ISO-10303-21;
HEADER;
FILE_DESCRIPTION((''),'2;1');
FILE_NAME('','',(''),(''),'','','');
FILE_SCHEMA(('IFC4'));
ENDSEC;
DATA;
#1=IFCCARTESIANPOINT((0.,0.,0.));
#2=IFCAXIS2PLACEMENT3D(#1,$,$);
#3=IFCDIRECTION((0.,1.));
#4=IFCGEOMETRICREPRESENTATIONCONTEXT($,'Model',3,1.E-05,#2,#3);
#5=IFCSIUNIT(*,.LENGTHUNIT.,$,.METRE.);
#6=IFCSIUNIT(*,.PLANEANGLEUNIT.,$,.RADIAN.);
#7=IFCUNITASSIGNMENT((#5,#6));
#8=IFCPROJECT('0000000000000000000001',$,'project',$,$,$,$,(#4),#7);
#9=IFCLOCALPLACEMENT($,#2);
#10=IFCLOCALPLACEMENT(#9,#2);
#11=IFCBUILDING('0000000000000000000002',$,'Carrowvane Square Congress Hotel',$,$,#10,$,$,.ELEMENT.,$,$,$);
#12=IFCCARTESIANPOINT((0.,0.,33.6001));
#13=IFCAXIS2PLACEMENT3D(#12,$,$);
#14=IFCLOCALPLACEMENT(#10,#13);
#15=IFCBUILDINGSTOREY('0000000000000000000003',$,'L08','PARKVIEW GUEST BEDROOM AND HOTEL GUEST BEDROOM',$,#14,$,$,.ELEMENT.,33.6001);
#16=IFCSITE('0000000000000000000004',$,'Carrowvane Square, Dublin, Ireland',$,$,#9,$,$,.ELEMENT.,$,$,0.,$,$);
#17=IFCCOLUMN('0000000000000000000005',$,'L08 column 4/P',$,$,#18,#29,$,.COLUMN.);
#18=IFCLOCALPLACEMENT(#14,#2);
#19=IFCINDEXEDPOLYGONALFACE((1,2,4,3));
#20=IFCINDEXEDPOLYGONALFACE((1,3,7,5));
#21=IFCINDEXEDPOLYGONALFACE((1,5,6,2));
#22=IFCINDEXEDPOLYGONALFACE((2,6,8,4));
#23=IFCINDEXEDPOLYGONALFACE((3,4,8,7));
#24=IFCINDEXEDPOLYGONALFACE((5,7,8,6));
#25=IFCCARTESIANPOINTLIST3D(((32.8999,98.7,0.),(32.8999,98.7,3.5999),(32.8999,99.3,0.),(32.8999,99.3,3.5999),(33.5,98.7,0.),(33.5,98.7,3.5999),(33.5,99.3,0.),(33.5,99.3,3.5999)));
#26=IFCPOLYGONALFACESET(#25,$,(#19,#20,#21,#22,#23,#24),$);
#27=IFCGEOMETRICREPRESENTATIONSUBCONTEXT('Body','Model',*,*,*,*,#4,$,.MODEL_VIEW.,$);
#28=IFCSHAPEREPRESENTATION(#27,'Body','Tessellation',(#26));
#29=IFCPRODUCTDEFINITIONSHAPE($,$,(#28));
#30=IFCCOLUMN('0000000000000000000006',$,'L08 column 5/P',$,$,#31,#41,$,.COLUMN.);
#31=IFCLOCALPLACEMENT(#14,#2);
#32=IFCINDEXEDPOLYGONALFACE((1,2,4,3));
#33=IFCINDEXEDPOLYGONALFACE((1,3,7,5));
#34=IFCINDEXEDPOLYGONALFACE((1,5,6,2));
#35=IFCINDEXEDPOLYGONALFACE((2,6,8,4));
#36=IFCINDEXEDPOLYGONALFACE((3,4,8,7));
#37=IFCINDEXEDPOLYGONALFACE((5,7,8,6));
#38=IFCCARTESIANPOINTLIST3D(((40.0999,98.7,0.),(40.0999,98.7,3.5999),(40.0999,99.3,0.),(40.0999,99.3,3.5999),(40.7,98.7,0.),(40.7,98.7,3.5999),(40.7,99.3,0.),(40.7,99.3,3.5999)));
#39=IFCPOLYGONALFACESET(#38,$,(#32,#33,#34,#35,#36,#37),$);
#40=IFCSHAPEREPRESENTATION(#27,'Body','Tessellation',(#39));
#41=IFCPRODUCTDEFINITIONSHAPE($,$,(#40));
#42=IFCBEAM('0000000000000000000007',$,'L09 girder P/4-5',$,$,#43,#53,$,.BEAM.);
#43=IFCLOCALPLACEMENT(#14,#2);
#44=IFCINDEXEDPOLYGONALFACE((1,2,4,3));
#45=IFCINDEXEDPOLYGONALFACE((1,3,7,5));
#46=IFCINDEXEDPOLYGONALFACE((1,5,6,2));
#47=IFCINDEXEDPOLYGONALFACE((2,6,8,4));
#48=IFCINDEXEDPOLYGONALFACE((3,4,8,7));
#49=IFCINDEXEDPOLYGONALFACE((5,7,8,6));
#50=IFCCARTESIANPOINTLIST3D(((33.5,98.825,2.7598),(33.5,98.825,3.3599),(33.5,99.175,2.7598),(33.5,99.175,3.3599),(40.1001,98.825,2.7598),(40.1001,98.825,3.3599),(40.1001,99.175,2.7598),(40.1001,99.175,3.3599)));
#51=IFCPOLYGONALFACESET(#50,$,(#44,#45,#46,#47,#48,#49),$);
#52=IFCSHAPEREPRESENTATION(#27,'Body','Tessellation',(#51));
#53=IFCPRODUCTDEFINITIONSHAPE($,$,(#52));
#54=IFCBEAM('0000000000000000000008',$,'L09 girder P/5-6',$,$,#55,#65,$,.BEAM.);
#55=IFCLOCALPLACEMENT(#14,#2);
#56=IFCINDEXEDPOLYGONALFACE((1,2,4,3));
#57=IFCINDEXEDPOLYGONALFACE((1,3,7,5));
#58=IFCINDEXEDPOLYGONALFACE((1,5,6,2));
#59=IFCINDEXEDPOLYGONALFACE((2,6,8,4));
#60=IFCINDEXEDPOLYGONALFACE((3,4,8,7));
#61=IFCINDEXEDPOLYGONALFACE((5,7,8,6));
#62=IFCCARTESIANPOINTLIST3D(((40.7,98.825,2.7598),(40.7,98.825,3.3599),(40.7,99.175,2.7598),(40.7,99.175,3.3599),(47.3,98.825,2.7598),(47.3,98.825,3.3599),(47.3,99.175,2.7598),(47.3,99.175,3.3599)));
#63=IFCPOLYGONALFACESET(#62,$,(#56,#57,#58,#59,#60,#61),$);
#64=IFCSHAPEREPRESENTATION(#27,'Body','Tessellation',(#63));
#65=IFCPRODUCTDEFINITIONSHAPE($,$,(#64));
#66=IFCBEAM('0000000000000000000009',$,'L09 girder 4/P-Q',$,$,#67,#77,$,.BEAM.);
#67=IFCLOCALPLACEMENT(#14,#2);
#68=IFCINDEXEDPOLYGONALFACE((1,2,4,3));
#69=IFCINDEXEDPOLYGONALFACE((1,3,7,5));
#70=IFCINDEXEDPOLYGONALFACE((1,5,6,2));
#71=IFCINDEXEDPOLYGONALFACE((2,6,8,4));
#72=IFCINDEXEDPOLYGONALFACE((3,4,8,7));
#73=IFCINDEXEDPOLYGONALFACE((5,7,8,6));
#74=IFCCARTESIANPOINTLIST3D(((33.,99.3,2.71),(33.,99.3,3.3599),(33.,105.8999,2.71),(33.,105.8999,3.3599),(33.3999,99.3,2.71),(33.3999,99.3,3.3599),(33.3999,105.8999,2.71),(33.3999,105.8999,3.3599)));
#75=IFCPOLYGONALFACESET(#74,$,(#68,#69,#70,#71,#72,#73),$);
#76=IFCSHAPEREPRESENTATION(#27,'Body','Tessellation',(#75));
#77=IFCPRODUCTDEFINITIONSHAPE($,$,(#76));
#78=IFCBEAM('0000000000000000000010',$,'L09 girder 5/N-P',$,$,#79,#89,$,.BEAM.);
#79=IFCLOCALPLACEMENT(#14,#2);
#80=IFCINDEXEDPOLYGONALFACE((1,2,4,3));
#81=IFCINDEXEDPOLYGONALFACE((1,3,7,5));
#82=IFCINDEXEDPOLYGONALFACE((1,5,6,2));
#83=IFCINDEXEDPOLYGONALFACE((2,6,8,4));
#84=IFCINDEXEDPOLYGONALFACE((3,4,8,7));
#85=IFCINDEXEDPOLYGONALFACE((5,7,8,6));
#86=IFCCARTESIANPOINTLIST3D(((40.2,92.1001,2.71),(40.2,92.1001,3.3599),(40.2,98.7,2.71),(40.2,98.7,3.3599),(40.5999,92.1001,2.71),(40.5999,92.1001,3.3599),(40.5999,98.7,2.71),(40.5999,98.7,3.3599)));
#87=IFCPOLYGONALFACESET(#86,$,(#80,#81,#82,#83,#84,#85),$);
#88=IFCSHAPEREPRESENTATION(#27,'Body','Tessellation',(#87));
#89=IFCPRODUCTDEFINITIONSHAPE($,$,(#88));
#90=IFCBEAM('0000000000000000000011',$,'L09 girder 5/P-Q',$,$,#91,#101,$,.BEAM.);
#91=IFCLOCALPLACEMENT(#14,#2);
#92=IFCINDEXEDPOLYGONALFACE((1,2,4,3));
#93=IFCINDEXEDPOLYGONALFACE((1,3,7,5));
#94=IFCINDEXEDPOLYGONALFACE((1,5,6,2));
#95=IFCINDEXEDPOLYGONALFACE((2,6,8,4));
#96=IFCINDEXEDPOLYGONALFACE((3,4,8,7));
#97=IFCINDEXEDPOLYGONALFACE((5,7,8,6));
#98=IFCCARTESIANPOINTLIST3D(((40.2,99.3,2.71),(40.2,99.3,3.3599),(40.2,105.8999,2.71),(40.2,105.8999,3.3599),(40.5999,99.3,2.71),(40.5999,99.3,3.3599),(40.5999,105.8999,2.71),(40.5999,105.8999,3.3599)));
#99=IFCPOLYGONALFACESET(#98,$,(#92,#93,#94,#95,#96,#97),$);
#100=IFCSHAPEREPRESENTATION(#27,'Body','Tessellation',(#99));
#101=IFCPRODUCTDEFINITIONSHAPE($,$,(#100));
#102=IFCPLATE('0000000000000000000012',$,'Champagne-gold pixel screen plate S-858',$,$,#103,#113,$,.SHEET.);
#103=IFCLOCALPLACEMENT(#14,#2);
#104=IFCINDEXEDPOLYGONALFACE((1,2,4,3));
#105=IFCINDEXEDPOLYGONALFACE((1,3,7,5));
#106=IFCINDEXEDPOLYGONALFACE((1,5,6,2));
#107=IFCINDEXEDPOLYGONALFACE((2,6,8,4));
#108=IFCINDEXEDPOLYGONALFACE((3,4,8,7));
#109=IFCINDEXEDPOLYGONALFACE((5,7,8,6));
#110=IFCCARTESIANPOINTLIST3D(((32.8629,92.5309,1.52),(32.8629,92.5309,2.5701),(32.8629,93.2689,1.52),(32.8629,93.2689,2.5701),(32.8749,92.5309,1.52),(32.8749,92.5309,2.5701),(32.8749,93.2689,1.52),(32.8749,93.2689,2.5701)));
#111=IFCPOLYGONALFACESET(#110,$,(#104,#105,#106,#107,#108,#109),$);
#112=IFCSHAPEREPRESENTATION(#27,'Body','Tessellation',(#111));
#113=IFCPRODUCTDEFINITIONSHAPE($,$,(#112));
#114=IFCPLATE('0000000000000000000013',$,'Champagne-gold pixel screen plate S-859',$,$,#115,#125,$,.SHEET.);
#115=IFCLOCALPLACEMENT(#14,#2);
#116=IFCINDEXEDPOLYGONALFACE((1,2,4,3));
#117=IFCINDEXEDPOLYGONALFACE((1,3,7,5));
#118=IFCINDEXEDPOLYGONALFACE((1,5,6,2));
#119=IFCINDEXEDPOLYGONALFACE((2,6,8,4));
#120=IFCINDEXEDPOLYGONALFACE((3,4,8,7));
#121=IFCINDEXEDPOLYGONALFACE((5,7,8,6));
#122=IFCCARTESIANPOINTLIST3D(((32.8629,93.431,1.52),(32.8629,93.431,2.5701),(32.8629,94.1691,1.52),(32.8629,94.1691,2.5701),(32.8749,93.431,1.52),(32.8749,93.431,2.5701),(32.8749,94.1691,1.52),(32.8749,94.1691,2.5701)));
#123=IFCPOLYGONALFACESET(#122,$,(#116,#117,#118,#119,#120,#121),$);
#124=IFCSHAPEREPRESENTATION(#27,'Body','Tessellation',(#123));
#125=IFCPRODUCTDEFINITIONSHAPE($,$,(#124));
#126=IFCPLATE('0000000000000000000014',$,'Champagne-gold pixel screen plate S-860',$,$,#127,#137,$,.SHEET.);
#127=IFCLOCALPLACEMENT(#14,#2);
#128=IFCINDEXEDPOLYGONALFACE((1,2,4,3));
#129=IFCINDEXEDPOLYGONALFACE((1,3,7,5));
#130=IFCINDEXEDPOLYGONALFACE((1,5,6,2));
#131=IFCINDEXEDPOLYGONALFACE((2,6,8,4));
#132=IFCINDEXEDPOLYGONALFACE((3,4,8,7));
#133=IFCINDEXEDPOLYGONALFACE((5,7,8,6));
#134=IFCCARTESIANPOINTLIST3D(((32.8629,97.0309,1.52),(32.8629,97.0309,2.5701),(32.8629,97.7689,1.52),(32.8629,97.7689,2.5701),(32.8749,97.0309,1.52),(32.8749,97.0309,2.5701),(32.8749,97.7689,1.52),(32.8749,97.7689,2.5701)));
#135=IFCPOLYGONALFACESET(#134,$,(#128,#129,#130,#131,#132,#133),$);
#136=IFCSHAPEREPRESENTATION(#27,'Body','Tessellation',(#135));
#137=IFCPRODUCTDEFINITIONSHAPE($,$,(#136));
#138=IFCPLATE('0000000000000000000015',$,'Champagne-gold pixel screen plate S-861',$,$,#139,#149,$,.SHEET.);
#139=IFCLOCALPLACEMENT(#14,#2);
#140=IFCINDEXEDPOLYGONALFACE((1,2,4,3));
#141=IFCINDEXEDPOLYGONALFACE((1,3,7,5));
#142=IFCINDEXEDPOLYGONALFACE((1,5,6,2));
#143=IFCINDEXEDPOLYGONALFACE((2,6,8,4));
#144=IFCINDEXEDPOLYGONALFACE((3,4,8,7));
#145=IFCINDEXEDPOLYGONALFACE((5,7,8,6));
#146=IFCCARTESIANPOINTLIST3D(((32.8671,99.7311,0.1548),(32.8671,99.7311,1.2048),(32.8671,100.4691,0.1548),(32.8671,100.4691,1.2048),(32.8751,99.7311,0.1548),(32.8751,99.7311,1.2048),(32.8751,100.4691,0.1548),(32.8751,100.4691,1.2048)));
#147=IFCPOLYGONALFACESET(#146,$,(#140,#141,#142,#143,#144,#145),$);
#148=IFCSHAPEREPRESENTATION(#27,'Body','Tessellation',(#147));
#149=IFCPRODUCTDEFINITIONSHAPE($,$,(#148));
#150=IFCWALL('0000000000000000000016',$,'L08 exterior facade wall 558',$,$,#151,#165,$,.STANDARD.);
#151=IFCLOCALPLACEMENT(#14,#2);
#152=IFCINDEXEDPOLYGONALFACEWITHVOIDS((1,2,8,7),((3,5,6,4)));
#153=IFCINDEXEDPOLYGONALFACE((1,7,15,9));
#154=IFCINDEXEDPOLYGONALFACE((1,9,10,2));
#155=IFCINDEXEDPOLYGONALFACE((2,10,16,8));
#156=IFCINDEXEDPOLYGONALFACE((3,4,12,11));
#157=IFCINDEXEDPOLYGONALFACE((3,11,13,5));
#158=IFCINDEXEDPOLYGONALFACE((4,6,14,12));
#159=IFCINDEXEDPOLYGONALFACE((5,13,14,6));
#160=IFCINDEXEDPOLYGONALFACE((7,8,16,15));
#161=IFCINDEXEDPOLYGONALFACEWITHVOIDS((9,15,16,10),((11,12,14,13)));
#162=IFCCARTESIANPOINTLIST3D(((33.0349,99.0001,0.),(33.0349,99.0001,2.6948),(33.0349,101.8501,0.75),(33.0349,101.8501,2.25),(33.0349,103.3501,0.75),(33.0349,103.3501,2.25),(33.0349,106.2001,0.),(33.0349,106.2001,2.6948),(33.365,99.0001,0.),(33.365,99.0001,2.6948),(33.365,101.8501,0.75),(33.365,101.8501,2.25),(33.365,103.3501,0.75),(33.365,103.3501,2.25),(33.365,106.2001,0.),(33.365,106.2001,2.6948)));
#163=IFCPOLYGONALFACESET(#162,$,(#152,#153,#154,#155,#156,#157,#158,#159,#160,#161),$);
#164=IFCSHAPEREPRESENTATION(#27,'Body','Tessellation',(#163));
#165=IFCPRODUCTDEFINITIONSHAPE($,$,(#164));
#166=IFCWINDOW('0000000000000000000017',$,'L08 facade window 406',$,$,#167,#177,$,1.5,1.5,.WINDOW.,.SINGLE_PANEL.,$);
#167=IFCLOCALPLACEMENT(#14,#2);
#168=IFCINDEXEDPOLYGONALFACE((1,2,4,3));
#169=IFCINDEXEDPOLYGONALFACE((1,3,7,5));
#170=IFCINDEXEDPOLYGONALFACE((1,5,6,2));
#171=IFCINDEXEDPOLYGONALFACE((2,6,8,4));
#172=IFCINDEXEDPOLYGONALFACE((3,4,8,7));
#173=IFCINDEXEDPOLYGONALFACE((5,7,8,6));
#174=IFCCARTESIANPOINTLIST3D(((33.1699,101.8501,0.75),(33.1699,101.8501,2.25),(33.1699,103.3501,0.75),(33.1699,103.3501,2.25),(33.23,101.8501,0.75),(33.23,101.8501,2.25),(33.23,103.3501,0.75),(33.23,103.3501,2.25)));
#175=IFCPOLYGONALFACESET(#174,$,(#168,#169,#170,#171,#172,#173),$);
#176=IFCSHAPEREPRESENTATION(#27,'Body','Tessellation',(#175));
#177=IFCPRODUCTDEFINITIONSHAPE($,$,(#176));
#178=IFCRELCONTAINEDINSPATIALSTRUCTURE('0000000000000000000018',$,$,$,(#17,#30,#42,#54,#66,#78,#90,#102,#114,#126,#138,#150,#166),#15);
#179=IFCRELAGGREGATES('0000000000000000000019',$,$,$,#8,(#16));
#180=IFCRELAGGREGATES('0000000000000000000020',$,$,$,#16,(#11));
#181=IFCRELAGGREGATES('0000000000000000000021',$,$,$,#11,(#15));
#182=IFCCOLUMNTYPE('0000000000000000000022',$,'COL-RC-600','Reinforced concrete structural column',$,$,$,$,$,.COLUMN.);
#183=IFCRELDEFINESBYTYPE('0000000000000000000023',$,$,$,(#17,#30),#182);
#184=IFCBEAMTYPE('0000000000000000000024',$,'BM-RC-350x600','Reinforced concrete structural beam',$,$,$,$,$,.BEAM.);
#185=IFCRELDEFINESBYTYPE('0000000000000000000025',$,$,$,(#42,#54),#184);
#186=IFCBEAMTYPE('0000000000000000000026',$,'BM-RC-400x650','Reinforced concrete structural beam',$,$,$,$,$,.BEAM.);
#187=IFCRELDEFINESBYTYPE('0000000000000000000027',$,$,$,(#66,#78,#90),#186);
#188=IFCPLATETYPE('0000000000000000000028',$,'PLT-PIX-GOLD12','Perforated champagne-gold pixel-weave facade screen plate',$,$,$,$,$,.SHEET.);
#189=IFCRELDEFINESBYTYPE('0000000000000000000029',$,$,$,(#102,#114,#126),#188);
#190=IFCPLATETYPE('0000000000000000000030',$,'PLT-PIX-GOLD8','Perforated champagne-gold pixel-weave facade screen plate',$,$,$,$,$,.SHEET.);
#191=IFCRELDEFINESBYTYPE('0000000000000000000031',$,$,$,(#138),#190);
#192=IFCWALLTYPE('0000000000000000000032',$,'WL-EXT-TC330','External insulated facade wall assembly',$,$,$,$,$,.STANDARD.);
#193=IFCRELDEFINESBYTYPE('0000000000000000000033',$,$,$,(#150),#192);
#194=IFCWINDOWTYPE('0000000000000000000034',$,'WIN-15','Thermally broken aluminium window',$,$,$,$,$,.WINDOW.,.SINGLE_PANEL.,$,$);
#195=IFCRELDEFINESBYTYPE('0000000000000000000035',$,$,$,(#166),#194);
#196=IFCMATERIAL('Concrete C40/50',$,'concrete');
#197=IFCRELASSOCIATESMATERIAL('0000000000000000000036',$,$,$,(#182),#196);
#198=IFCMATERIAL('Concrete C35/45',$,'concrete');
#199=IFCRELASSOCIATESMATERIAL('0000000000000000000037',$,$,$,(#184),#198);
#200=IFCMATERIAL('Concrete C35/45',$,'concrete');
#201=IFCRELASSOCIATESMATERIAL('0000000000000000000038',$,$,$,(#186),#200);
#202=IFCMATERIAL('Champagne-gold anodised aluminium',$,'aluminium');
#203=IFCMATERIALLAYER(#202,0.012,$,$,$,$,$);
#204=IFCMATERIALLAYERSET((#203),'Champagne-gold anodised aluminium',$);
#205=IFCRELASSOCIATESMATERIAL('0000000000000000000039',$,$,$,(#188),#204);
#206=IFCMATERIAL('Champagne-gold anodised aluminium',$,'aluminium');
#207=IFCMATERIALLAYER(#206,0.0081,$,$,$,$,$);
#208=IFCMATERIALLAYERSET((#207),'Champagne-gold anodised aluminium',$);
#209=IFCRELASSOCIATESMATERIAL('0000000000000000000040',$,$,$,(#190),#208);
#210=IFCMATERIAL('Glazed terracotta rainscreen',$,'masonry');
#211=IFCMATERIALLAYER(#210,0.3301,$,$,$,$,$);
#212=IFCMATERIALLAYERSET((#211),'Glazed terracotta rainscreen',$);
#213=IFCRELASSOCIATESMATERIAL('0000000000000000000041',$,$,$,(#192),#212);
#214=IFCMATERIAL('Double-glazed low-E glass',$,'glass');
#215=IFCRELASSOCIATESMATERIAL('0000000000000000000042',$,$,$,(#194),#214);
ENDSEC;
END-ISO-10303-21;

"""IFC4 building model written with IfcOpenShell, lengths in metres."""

from ifc_helpers import new_model, si_unit, direction, frame, frame_2d, origin, origin_2d, place, context, subcontext, project, spatial, rectangle, extrude, material, layer, layer_set, material_profile, profile_set, type_object, element, fill, save


model = new_model("IFC4")

# Units and contexts
model_context = context("Model", 3, precision=1e-05, world=origin(), true_north=direction((0.0, 1.0)))
body_context = subcontext(model_context, "Body", "Model", "MODEL_VIEW")
ifc_project = project(units=[si_unit("LENGTHUNIT", "METRE"), si_unit("PLANEANGLEUNIT", "RADIAN")], contexts=[model_context])

# Site, building, storey
site_placement = place(None, origin())
site = spatial("IfcSite", under=ifc_project, at=site_placement, Name="Carrowvane Square, Dublin, Ireland", CompositionType="ELEMENT", RefElevation=0.0)
building_placement = place(site_placement, origin())
building = spatial("IfcBuilding", under=site, at=building_placement, Name="Carrowvane Square Congress Hotel", CompositionType="ELEMENT")
storey_placement = place(building_placement, frame((0.0, 0.0, 33.6001)))
storey = spatial("IfcBuildingStorey", under=building, at=storey_placement, Name="L08", Description="PARKVIEW GUEST BEDROOM AND HOTEL GUEST BEDROOM", CompositionType="ELEMENT", Elevation=33.6001)

# Columns
ifc_material_1 = material(Name="Concrete C40/50", Category="concrete")
ifc_material_profile_1 = material_profile(ifc_material_1, rectangle(XDim=0.6001, YDim=0.6001, at=origin_2d()), Name="RC 600x600")
ifc_profile_set_1 = profile_set([ifc_material_profile_1], Name="Concrete C40/50")
column_type = type_object("IfcColumnType", Name="COL-RC-600", Description="Reinforced concrete structural column", PredefinedType="COLUMN", material=ifc_profile_set_1)
for number, where, z_axis, x_axis, name in (
    (1, (33.2, 99.0, 0.0), (0.0, 0.0, 1.0), (1.0, 0.0, 0.0), "L08 column 4/P"),
    (2, (40.3999, 99.0, 0.0), (0.0, 0.0, 1.0), (1.0, 0.0, 0.0), "L08 column 5/P"),
):
    element("IfcColumn", number, at=place(storey_placement, frame(where, z_axis=z_axis, x_axis=x_axis)), inside=storey, type_object=column_type, Name=name, PredefinedType="COLUMN", context=body_context, shape_type="SweptSolid", body=[
        extrude(rectangle(XDim=0.6001, YDim=0.6001, at=origin_2d()), origin(), (0.0, 0.0, 1.0), 3.5999),
    ])

# Beams
ifc_material_2 = material(Name="Concrete C35/45", Category="concrete")
ifc_material_profile_2 = material_profile(ifc_material_2, rectangle(XDim=0.3501, YDim=0.6001, at=origin_2d()), Name="RC 350x600")
ifc_profile_set_2 = profile_set([ifc_material_profile_2], Name="Concrete C35/45")
beam_type_1 = type_object("IfcBeamType", Name="BM-RC-350x600", Description="Reinforced concrete structural beam", PredefinedType="BEAM", material=ifc_profile_set_2)
for number, where, z_axis, x_axis, name in (
    (3, (33.5, 99.0, 3.0598), (1.0, 0.0, 0.0), (0.0, 1.0, 0.0), "L09 girder P/4-5"),
    (4, (40.7, 99.0, 3.0598), (1.0, 0.0, 0.0), (0.0, 1.0, 0.0), "L09 girder P/5-6"),
):
    element("IfcBeam", number, at=place(storey_placement, frame(where, z_axis=z_axis, x_axis=x_axis)), inside=storey, type_object=beam_type_1, Name=name, PredefinedType="BEAM", context=body_context, shape_type="SweptSolid", body=[
        extrude(rectangle(XDim=0.3501, YDim=0.6001, at=origin_2d()), origin(), (0.0, 0.0, 1.0), 6.6001),
    ])
ifc_material_3 = material(Name="Concrete C35/45", Category="concrete")
ifc_material_profile_3 = material_profile(ifc_material_3, rectangle(XDim=0.3999, YDim=0.6499, at=origin_2d()), Name="RC 400x650")
ifc_profile_set_3 = profile_set([ifc_material_profile_3], Name="Concrete C35/45")
beam_type_2 = type_object("IfcBeamType", Name="BM-RC-400x650", Description="Reinforced concrete structural beam", PredefinedType="BEAM", material=ifc_profile_set_3)
for number, where, z_axis, x_axis, name in (
    (5, (33.2, 99.3, 3.0349), (0.0, 1.0, 0.0), (-1.0, 0.0, 0.0), "L09 girder 4/P-Q"),
    (6, (40.3999, 92.1001, 3.0349), (0.0, 1.0, 0.0), (-1.0, 0.0, 0.0), "L09 girder 5/N-P"),
    (7, (40.3999, 99.3, 3.0349), (0.0, 1.0, 0.0), (-1.0, 0.0, 0.0), "L09 girder 5/P-Q"),
):
    element("IfcBeam", number, at=place(storey_placement, frame(where, z_axis=z_axis, x_axis=x_axis)), inside=storey, type_object=beam_type_2, Name=name, PredefinedType="BEAM", context=body_context, shape_type="SweptSolid", body=[
        extrude(rectangle(XDim=0.3999, YDim=0.6499, at=origin_2d()), origin(), (0.0, 0.0, 1.0), 6.5999),
    ])

# Plates
ifc_material_4 = material(Name="Champagne-gold anodised aluminium", Category="aluminium")
ifc_layer_1 = layer(ifc_material_4, 0.012)
ifc_layer_set_1 = layer_set([ifc_layer_1], Name="Champagne-gold anodised aluminium")
plate_type_1 = type_object("IfcPlateType", Name="PLT-PIX-GOLD12", Description="Perforated champagne-gold pixel-weave facade screen plate", PredefinedType="SHEET", material=ifc_layer_set_1)
for number, where, z_axis, x_axis, name in (
    (8, (32.8689, 92.8999, 1.52), (0.0, 0.0, 1.0), (0.0, 1.0, 0.0), "Champagne-gold pixel screen plate S-858"),
    (9, (32.8689, 93.8, 1.52), (0.0, 0.0, 1.0), (0.0, 1.0, 0.0), "Champagne-gold pixel screen plate S-859"),
    (10, (32.8689, 97.3999, 1.52), (0.0, 0.0, 1.0), (0.0, 1.0, 0.0), "Champagne-gold pixel screen plate S-860"),
):
    element("IfcPlate", number, at=place(storey_placement, frame(where, z_axis=z_axis, x_axis=x_axis)), inside=storey, type_object=plate_type_1, Name=name, PredefinedType="SHEET", context=body_context, shape_type="SweptSolid", body=[
        extrude(rectangle(XDim=0.738, YDim=0.012, at=origin_2d()), origin(), (0.0, 0.0, 1.0), 1.05),
    ])
ifc_material_5 = material(Name="Champagne-gold anodised aluminium", Category="aluminium")
ifc_layer_2 = layer(ifc_material_5, 0.0081)
ifc_layer_set_2 = layer_set([ifc_layer_2], Name="Champagne-gold anodised aluminium")
plate_type_2 = type_object("IfcPlateType", Name="PLT-PIX-GOLD8", Description="Perforated champagne-gold pixel-weave facade screen plate", PredefinedType="SHEET", material=ifc_layer_set_2)
plate_placement = place(storey_placement, frame((32.8711, 100.1001, 0.1548), z_axis=(0.0, 0.0, 1.0), x_axis=(0.0, 1.0, 0.0)))
element("IfcPlate", 11, at=plate_placement, inside=storey, type_object=plate_type_2, Name="Champagne-gold pixel screen plate S-861", PredefinedType="SHEET", context=body_context, shape_type="SweptSolid", body=[
    extrude(rectangle(XDim=0.738, YDim=0.0081, at=origin_2d()), origin(), (0.0, 0.0, 1.0), 1.05),
])

# Wall, opening, window
ifc_material_6 = material(Name="Glazed terracotta rainscreen", Category="masonry")
ifc_layer_3 = layer(ifc_material_6, 0.3301)
ifc_layer_set_3 = layer_set([ifc_layer_3], Name="Glazed terracotta rainscreen")
wall_type_1 = type_object("IfcWallType", Name="WL-EXT-TC330", Description="External insulated facade wall assembly", PredefinedType="STANDARD", material=ifc_layer_set_3)
wall_1_placement = place(storey_placement, frame((33.2, 99.0, 0.0), z_axis=(0.0, 0.0, 1.0), x_axis=(0.0, 1.0, 0.0)))
wall_1 = element("IfcWall", 12, at=wall_1_placement, inside=storey, type_object=wall_type_1, Name="L08 exterior facade wall 558", PredefinedType="STANDARD", context=body_context, shape_type="SweptSolid", body=[
    extrude(rectangle(XDim=7.2, YDim=0.3301, at=frame_2d((3.6001, 0.0))), origin(), (0.0, 0.0, 1.0), 2.6948),
])
opening_1_placement = place(wall_1_placement, frame((2.8501, 0.0, 0.75)))
opening_1 = element("IfcOpeningElement", 13, at=opening_1_placement, cuts=wall_1, PredefinedType="OPENING", context=body_context, shape_type="SweptSolid", body=[
    extrude(rectangle(XDim=1.5, YDim=1.5, at=frame_2d((0.75, 0.75))), frame((0.0, 0.175, 0.0), z_axis=(0.0, -1.0, 0.0), x_axis=(1.0, 0.0, 0.0)), (0.0, 0.0, 1.0), 0.3501),
])
ifc_material_7 = material(Name="Double-glazed low-E glass", Category="glass")
window_type = type_object("IfcWindowType", Name="WIN-15", Description="Thermally broken aluminium window", PartitioningType="SINGLE_PANEL", PredefinedType="WINDOW", material=ifc_material_7)
window_placement = place(opening_1_placement, origin())
window = element("IfcWindow", 14, at=window_placement, inside=storey, type_object=window_type, Name="L08 facade window 406", OverallHeight=1.5, OverallWidth=1.5, PartitioningType="SINGLE_PANEL", PredefinedType="WINDOW", context=body_context, shape_type="SweptSolid", body=[
    extrude(rectangle(XDim=1.5, YDim=1.5, at=frame_2d((0.75, 0.75))), frame((0.0, 0.03, 0.0), z_axis=(0.0, -1.0, 0.0), x_axis=(1.0, 0.0, 0.0)), (0.0, 0.0, 1.0), 0.0601),
])
fill(opening_1, window)

save(model, "model.ifc")
